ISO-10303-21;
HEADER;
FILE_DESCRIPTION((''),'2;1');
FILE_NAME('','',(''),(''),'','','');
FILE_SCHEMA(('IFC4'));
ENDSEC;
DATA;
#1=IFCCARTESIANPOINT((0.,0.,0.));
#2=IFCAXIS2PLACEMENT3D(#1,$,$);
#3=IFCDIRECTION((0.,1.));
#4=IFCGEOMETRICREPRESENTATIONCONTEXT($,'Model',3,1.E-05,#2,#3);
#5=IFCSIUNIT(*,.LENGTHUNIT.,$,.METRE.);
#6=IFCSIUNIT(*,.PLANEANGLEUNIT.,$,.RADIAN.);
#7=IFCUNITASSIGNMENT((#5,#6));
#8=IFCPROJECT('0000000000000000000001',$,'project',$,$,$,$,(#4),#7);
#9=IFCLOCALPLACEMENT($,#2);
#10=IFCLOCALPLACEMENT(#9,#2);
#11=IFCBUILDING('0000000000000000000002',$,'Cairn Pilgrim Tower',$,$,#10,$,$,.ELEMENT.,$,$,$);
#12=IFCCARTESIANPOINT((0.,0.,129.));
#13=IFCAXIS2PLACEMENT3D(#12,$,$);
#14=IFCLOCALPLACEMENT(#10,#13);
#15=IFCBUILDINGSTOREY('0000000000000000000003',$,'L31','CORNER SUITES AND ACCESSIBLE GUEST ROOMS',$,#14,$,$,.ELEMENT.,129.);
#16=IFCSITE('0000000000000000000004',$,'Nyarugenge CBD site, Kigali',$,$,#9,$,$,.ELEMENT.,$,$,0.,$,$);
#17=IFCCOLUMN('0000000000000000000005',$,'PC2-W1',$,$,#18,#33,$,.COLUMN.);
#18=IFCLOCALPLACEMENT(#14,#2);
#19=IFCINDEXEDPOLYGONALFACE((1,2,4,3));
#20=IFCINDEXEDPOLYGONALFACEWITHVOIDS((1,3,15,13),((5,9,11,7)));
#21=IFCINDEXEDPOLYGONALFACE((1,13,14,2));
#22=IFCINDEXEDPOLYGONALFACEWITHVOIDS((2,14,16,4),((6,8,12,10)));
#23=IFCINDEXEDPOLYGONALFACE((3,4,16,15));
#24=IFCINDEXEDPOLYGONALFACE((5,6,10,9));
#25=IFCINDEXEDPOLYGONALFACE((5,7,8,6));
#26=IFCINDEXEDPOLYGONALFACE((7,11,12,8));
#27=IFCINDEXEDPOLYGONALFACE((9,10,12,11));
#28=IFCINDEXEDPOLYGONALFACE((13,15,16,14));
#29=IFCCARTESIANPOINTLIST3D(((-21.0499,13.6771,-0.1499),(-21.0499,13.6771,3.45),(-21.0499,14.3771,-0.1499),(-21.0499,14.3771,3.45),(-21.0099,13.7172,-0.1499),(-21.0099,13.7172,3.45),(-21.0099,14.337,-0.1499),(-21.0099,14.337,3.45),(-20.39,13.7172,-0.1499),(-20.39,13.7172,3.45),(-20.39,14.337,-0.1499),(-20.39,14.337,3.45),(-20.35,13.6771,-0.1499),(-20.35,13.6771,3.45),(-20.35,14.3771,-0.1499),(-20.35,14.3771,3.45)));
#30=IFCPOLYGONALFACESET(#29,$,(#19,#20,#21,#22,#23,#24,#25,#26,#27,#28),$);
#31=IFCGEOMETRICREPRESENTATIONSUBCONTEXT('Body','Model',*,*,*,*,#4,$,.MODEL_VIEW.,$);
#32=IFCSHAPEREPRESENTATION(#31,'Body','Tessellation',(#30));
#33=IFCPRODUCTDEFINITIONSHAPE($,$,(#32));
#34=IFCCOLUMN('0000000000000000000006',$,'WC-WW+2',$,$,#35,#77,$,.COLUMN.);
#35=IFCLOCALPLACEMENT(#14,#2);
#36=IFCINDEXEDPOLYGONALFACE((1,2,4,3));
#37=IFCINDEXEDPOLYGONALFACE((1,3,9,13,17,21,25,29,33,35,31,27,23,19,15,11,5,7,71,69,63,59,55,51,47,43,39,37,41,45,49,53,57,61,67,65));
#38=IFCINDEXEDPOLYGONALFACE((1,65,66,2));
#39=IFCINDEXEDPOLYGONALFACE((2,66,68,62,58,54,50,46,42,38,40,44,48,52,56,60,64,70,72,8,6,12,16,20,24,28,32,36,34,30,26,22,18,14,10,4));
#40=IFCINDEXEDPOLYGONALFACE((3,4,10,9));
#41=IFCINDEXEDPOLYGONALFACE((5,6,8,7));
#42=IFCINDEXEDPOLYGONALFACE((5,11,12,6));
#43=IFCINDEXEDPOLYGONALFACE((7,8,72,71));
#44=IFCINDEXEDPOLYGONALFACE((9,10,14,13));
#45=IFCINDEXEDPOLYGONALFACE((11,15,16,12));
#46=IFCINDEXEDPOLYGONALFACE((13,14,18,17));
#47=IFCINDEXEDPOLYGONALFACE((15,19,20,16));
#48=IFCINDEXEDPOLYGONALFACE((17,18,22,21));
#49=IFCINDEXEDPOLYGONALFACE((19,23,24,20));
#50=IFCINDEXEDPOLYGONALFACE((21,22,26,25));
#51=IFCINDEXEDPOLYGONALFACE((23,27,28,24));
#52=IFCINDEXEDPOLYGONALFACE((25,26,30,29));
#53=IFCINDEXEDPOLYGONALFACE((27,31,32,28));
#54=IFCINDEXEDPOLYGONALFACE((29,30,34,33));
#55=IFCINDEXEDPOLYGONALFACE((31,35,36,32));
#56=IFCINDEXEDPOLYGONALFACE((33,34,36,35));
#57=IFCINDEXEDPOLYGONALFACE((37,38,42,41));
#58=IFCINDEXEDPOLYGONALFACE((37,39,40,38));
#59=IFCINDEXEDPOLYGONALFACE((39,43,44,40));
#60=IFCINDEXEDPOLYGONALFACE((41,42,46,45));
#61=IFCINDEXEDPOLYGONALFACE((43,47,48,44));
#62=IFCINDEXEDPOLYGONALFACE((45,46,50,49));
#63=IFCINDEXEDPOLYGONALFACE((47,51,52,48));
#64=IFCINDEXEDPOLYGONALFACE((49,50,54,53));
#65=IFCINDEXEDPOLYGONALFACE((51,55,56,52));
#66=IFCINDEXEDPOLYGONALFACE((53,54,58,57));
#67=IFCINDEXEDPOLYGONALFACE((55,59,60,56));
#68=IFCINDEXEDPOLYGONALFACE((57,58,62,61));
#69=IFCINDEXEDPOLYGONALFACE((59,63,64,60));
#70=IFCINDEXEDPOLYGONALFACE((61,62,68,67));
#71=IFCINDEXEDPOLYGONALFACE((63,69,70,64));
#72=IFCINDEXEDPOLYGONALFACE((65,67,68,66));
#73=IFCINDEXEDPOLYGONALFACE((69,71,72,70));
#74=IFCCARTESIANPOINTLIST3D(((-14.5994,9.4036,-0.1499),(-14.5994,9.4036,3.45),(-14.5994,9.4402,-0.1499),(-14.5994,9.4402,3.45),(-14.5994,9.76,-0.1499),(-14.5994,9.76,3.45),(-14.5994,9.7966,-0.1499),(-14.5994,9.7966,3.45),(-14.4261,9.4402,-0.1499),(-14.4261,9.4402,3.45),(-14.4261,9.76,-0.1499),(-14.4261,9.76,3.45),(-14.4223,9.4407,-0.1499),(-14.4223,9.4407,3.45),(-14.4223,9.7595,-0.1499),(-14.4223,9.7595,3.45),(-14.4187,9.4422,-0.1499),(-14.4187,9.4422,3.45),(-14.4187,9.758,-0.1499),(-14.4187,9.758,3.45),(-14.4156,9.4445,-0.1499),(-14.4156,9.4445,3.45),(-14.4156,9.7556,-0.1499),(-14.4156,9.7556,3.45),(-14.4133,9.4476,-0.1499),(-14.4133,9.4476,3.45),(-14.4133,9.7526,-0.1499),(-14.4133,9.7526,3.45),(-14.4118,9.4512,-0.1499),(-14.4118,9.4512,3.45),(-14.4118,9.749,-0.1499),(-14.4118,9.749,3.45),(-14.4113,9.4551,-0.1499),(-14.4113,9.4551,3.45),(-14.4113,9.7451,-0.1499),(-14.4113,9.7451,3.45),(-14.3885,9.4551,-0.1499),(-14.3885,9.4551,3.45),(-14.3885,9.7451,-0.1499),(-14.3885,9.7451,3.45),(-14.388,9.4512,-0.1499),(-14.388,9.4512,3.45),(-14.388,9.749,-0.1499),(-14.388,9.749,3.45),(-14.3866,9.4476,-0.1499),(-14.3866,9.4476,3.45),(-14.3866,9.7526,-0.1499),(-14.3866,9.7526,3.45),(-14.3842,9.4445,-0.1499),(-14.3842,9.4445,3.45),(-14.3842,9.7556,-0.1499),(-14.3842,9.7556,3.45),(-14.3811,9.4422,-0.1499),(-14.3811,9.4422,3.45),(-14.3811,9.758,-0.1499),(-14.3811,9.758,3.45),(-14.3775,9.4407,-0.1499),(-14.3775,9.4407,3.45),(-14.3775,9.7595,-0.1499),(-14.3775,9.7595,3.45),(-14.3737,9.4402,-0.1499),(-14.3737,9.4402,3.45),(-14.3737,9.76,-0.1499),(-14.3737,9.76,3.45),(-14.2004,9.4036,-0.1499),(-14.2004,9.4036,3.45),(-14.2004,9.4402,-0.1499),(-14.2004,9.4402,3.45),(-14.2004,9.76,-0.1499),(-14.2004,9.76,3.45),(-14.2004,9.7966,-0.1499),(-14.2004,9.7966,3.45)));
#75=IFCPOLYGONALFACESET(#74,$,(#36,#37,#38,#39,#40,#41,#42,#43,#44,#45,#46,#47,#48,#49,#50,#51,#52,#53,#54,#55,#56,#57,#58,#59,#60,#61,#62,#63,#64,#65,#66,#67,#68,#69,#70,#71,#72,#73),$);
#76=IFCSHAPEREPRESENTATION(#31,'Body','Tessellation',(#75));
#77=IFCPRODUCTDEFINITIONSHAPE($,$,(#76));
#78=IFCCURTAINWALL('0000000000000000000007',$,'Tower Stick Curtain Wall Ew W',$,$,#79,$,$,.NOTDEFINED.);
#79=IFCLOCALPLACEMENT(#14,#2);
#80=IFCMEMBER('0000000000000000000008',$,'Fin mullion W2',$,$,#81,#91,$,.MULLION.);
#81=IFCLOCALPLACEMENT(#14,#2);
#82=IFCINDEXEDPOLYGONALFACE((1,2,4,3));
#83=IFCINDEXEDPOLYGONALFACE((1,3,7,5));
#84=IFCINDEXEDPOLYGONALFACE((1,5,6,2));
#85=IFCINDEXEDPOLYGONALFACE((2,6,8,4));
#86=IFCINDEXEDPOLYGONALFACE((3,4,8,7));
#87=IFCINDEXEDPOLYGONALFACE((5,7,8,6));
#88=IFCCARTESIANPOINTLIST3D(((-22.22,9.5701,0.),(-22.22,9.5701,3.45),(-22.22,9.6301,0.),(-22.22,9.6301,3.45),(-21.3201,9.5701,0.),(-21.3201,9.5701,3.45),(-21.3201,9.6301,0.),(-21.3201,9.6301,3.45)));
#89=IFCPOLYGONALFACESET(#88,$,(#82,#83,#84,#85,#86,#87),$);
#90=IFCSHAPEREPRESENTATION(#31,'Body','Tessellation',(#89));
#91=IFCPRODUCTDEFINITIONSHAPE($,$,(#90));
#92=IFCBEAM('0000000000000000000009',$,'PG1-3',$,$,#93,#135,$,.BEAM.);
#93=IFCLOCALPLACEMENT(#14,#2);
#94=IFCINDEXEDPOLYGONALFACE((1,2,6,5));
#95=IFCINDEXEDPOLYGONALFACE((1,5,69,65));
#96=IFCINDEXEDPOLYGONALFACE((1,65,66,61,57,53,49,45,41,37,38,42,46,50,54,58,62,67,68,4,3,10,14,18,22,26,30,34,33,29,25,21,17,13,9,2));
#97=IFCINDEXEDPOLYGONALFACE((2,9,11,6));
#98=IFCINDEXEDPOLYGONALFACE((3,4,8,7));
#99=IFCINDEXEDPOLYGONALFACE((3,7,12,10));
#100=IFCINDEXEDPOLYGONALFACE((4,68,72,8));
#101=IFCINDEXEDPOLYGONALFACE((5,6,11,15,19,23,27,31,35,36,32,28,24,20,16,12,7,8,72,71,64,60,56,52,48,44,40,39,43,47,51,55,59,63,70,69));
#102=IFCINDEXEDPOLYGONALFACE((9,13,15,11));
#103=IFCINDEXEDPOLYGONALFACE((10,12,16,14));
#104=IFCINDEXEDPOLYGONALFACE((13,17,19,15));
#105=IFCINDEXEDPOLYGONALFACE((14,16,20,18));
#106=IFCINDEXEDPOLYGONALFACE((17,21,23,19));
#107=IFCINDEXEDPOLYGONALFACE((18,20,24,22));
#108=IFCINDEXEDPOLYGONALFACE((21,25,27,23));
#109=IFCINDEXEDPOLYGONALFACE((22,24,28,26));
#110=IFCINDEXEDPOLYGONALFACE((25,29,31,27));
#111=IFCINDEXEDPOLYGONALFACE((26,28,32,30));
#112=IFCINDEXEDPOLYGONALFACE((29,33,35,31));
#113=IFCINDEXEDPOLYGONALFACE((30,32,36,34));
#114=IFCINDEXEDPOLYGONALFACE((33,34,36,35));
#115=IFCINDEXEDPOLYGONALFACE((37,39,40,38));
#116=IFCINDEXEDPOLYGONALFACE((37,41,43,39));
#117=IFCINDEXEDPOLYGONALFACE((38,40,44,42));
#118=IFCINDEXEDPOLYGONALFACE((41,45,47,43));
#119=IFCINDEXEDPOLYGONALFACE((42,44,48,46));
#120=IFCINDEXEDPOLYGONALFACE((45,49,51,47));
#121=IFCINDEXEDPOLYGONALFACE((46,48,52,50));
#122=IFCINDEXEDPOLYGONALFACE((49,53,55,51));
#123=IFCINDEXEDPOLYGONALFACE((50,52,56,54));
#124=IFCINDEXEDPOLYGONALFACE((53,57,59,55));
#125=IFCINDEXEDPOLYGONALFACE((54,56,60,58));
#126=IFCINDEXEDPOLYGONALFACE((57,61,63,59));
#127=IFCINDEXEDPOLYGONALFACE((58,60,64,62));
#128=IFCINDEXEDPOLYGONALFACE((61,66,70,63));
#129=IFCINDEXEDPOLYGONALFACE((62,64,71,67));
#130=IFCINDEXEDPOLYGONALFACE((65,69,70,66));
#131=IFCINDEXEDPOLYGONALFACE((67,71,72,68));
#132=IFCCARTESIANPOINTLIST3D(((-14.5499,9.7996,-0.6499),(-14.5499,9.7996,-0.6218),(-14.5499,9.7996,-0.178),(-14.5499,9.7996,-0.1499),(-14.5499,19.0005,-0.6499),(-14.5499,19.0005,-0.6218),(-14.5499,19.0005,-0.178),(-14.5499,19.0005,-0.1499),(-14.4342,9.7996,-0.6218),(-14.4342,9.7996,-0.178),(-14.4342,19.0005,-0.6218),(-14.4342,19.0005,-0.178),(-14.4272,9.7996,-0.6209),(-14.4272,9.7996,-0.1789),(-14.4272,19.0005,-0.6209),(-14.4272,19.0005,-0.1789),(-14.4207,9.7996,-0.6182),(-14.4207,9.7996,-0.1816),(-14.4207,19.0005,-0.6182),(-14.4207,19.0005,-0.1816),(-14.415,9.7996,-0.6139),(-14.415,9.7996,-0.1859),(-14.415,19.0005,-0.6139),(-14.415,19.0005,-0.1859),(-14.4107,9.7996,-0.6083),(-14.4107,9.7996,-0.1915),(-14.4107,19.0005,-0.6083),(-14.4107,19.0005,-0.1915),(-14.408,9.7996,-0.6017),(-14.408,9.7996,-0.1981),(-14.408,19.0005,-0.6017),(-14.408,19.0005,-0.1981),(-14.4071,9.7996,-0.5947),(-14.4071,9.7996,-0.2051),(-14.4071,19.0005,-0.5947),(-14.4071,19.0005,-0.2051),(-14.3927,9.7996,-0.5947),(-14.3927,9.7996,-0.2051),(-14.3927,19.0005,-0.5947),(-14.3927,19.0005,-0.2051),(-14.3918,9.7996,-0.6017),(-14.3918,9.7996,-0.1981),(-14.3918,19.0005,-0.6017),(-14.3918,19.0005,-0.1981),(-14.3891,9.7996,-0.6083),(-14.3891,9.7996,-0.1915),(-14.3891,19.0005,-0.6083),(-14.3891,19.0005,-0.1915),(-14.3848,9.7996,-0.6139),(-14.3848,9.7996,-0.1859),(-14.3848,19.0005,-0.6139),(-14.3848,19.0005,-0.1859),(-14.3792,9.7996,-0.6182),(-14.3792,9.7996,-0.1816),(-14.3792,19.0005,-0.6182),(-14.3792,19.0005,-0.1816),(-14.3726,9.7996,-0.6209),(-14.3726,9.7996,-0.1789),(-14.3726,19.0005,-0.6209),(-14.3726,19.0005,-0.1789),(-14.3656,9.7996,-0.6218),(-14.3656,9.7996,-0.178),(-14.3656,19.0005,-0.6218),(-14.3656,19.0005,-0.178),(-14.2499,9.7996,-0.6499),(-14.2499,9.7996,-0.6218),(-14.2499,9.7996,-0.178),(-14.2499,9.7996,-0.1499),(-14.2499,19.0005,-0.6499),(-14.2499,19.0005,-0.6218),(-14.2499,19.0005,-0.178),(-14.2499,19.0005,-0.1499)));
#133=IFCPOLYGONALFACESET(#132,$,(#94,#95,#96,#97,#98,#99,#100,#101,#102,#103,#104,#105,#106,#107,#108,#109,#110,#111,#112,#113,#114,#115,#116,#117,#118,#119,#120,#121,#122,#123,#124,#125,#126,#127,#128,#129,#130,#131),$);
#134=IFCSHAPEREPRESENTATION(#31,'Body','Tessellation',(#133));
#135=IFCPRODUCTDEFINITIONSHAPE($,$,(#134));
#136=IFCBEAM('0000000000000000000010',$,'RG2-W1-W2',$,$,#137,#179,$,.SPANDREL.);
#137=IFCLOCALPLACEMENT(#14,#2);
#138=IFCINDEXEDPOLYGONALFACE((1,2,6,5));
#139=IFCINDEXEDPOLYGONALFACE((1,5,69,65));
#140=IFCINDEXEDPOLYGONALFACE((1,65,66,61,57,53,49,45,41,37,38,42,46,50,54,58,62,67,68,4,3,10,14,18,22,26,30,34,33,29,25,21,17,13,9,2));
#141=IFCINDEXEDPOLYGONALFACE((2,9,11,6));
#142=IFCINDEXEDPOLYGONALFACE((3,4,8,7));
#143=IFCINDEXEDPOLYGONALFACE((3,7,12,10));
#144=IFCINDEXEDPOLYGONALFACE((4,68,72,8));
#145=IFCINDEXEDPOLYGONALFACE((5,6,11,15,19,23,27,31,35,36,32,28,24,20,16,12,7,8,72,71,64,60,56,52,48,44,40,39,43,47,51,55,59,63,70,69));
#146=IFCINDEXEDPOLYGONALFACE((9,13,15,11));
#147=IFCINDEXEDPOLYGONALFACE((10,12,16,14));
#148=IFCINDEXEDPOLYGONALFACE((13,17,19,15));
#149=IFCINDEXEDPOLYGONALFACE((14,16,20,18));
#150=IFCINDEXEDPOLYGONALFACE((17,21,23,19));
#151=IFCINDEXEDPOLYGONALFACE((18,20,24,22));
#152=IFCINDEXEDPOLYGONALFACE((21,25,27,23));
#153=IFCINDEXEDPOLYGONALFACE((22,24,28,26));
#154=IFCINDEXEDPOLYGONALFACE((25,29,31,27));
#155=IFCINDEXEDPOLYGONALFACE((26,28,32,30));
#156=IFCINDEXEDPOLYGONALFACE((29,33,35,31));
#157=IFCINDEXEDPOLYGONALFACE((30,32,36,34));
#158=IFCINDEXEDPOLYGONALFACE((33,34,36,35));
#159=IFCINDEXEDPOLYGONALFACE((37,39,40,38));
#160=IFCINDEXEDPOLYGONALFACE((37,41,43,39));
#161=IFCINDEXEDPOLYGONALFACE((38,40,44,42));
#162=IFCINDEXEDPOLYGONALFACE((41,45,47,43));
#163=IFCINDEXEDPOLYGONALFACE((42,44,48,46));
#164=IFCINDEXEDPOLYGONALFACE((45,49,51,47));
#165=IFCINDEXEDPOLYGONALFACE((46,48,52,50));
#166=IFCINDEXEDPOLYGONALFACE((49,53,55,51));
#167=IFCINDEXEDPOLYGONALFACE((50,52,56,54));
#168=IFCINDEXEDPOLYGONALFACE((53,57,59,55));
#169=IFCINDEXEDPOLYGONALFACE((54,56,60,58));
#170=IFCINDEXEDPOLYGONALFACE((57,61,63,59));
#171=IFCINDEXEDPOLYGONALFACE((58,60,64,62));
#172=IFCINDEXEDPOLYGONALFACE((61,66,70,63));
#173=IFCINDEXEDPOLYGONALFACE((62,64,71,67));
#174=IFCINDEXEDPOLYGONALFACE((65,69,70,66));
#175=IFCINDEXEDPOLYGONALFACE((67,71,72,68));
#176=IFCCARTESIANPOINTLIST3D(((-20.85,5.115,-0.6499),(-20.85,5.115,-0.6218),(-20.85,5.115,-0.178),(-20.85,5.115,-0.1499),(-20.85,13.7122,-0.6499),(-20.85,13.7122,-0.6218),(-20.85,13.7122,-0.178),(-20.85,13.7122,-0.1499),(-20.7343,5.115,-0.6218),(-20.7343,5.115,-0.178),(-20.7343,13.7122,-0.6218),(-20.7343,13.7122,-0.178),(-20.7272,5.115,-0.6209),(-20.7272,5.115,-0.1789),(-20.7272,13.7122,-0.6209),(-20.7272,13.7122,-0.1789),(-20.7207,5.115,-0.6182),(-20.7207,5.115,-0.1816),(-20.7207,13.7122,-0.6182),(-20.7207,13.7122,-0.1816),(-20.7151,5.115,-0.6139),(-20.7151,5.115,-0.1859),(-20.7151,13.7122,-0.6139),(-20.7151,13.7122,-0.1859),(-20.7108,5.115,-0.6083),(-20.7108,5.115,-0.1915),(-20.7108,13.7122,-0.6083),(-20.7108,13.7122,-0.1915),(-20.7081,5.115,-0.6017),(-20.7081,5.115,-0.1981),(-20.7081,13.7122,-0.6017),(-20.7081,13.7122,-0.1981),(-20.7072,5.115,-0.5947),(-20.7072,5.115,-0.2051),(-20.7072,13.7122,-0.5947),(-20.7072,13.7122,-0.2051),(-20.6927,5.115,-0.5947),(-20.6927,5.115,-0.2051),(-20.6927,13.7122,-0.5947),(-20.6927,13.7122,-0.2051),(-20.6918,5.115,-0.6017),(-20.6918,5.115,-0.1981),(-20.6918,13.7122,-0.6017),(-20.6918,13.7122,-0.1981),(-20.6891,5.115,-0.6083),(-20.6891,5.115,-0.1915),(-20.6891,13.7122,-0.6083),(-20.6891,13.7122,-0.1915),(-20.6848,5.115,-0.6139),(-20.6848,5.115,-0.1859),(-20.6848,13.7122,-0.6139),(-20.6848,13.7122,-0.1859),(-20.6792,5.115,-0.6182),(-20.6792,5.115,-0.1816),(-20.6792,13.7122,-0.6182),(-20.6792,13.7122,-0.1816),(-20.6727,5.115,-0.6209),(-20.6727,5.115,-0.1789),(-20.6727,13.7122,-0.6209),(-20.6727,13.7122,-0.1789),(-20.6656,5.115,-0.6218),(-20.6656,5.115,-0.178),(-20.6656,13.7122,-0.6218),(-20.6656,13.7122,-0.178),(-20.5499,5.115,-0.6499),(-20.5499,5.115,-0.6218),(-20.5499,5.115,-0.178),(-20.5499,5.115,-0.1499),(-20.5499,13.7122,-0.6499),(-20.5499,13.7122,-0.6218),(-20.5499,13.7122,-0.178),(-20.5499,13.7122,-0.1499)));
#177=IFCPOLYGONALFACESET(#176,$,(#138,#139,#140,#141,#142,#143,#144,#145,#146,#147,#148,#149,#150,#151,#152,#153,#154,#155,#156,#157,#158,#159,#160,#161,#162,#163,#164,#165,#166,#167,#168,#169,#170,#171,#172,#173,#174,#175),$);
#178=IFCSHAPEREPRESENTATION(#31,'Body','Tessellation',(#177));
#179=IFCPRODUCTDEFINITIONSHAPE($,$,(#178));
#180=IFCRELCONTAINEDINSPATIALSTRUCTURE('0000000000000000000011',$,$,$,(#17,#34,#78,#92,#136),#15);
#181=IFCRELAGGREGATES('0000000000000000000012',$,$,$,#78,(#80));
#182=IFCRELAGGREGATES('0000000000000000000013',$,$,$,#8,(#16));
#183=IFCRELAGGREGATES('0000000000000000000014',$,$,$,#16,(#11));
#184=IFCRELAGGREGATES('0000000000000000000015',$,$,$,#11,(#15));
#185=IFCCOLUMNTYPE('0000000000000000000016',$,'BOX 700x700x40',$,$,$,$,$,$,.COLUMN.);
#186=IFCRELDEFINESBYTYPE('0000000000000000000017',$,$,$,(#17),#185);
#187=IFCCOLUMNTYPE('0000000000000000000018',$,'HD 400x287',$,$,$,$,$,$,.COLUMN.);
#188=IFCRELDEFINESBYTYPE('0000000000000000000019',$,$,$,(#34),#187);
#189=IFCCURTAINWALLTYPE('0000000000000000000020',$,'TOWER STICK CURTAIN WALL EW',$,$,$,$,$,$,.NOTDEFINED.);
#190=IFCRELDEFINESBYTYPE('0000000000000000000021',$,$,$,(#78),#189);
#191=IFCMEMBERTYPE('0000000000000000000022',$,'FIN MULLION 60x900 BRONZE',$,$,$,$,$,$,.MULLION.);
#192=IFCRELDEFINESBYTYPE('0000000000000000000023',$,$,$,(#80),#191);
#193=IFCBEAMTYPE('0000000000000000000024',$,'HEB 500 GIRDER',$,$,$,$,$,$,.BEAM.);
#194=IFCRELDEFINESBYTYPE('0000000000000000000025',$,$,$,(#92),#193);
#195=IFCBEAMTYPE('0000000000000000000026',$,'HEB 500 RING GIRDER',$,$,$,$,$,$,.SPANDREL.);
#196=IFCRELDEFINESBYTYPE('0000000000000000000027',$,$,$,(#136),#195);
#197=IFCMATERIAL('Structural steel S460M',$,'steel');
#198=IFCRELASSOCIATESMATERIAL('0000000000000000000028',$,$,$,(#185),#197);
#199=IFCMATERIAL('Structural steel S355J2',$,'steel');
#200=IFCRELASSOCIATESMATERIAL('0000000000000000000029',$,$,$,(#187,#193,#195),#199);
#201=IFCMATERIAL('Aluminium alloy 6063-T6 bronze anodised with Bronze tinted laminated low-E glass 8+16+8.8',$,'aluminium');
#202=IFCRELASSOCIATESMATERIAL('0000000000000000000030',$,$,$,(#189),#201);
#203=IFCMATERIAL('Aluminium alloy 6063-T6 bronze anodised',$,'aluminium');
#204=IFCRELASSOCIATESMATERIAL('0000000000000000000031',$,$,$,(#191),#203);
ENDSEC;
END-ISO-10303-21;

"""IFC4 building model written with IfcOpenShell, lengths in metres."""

from ifc_helpers import new_model, si_unit, direction, frame, origin, origin_2d, place, context, subcontext, project, spatial, rectangle, hollow_rectangle, i_section, extrude, material, material_profile, profile_set, type_object, element, aggregate, save


model = new_model("IFC4")

# Units and contexts
model_context = context("Model", 3, precision=1e-05, world=origin(), true_north=direction((0.0, 1.0)))
body_context = subcontext(model_context, "Body", "Model", "MODEL_VIEW")
ifc_project = project(units=[si_unit("LENGTHUNIT", "METRE"), si_unit("PLANEANGLEUNIT", "RADIAN")], contexts=[model_context])

# Site, building, storey
site_placement = place(None, origin())
site = spatial("IfcSite", under=ifc_project, at=site_placement, Name="Nyarugenge CBD site, Kigali", CompositionType="ELEMENT", RefElevation=0.0)
building_placement = place(site_placement, origin())
building = spatial("IfcBuilding", under=site, at=building_placement, Name="Cairn Pilgrim Tower", CompositionType="ELEMENT")
storey_placement = place(building_placement, frame((0.0, 0.0, 129.0)))
storey = spatial("IfcBuildingStorey", under=building, at=storey_placement, Name="L31", Description="CORNER SUITES AND ACCESSIBLE GUEST ROOMS", CompositionType="ELEMENT", Elevation=129.0)

# Columns
ifc_material_1 = material(Name="Structural steel S460M", Category="steel")
ifc_material_profile_1 = material_profile(ifc_material_1, hollow_rectangle(XDim=0.7, YDim=0.7, WallThickness=0.04, at=origin_2d()), Name="BOX 700x700x40")
ifc_profile_set_1 = profile_set([ifc_material_profile_1], Name="Structural steel S460M")
column_type_1 = type_object("IfcColumnType", Name="BOX 700x700x40", PredefinedType="COLUMN", material=ifc_profile_set_1)
column_1_placement = place(storey_placement, frame((-20.7, 14.0271, -0.1499), z_axis=(0.0, 0.0, 1.0), x_axis=(1.0, 0.0, 0.0)))
element("IfcColumn", 1, at=column_1_placement, inside=storey, type_object=column_type_1, Name="PC2-W1", PredefinedType="COLUMN", context=body_context, shape_type="SweptSolid", body=[
    extrude(hollow_rectangle(XDim=0.7, YDim=0.7, WallThickness=0.04, at=origin_2d()), origin(), (0.0, 0.0, 1.0), 3.5999),
])
ifc_material_2 = material(Name="Structural steel S355J2", Category="steel")
ifc_material_profile_2 = material_profile(ifc_material_2, i_section(OverallWidth=0.3989, OverallDepth=0.3931, WebThickness=0.0227, FlangeThickness=0.0366, FilletRadius=0.0149, at=origin_2d()), Name="HD 400x287")
ifc_profile_set_2 = profile_set([ifc_material_profile_2], Name="Structural steel S355J2")
column_type_2 = type_object("IfcColumnType", Name="HD 400x287", PredefinedType="COLUMN", material=ifc_profile_set_2)
column_2_placement = place(storey_placement, frame((-14.3999, 9.6001, -0.1499), z_axis=(0.0, 0.0, 1.0), x_axis=(1.0, 0.0, 0.0)))
element("IfcColumn", 2, at=column_2_placement, inside=storey, type_object=column_type_2, Name="WC-WW+2", PredefinedType="COLUMN", context=body_context, shape_type="SweptSolid", body=[
    extrude(i_section(OverallWidth=0.3989, OverallDepth=0.3931, WebThickness=0.0227, FlangeThickness=0.0366, FilletRadius=0.0149, at=origin_2d()), origin(), (0.0, 0.0, 1.0), 3.5999),
])

# Curtain wall, member
ifc_material_3 = material(Name="Aluminium alloy 6063-T6 bronze anodised with Bronze tinted laminated low-E glass 8+16+8.8", Category="aluminium")
curtain_wall_type = type_object("IfcCurtainWallType", Name="TOWER STICK CURTAIN WALL EW", PredefinedType="NOTDEFINED", material=ifc_material_3)
curtain_wall_placement = place(storey_placement, origin())
curtain_wall = element("IfcCurtainWall", 3, at=curtain_wall_placement, inside=storey, type_object=curtain_wall_type, Name="Tower Stick Curtain Wall Ew W", PredefinedType="NOTDEFINED")
ifc_material_4 = material(Name="Aluminium alloy 6063-T6 bronze anodised", Category="aluminium")
ifc_material_profile_3 = material_profile(ifc_material_4, rectangle(XDim=0.8999, YDim=0.0601, at=origin_2d()), Name="FIN MULLION 60x900 BRONZE")
ifc_profile_set_3 = profile_set([ifc_material_profile_3], Name="Aluminium alloy 6063-T6 bronze anodised")
member_type = type_object("IfcMemberType", Name="FIN MULLION 60x900 BRONZE", PredefinedType="MULLION", material=ifc_profile_set_3)
member_placement = place(storey_placement, frame((-21.77, 9.6001, 0.0), z_axis=(0.0, 0.0, 1.0), x_axis=(-1.0, 0.0, 0.0)))
member = element("IfcMember", 4, at=member_placement, type_object=member_type, Name="Fin mullion W2", PredefinedType="MULLION", context=body_context, shape_type="SweptSolid", body=[
    extrude(rectangle(XDim=0.8999, YDim=0.0601, at=origin_2d()), origin(), (0.0, 0.0, 1.0), 3.45),
])
aggregate(curtain_wall, [member])

# Beams
ifc_material_profile_4 = material_profile(ifc_material_2, i_section(OverallWidth=0.3, OverallDepth=0.5, WebThickness=0.0144, FlangeThickness=0.0281, FilletRadius=0.0271, at=origin_2d()), Name="HEB 500")
ifc_profile_set_4 = profile_set([ifc_material_profile_4], Name="Structural steel S355J2")
beam_type_1 = type_object("IfcBeamType", Name="HEB 500 GIRDER", PredefinedType="BEAM", material=ifc_profile_set_4)
beam_1_placement = place(storey_placement, frame((-14.3999, 9.7996, -0.3999), z_axis=(0.0, 1.0, 0.0), x_axis=(-1.0, 0.0, 0.0)))
element("IfcBeam", 5, at=beam_1_placement, inside=storey, type_object=beam_type_1, Name="PG1-3", PredefinedType="BEAM", context=body_context, shape_type="SweptSolid", body=[
    extrude(i_section(OverallWidth=0.3, OverallDepth=0.5, WebThickness=0.0144, FlangeThickness=0.0281, FilletRadius=0.0271, at=origin_2d()), origin(), (0.0, 0.0, 1.0), 9.2009),
])
ifc_material_profile_5 = material_profile(ifc_material_2, i_section(OverallWidth=0.3, OverallDepth=0.5, WebThickness=0.0144, FlangeThickness=0.0281, FilletRadius=0.0271, at=origin_2d()), Name="HEB 500")
ifc_profile_set_5 = profile_set([ifc_material_profile_5], Name="Structural steel S355J2")
beam_type_2 = type_object("IfcBeamType", Name="HEB 500 RING GIRDER", PredefinedType="SPANDREL", material=ifc_profile_set_5)
beam_2_placement = place(storey_placement, frame((-20.7, 13.7122, -0.3999), z_axis=(0.0, -1.0, 0.0), x_axis=(1.0, 0.0, 0.0)))
element("IfcBeam", 6, at=beam_2_placement, inside=storey, type_object=beam_type_2, Name="RG2-W1-W2", PredefinedType="SPANDREL", context=body_context, shape_type="SweptSolid", body=[
    extrude(i_section(OverallWidth=0.3, OverallDepth=0.5, WebThickness=0.0144, FlangeThickness=0.0281, FilletRadius=0.0271, at=origin_2d()), origin(), (0.0, 0.0, 1.0), 8.5972),
])

save(model, "model.ifc")
